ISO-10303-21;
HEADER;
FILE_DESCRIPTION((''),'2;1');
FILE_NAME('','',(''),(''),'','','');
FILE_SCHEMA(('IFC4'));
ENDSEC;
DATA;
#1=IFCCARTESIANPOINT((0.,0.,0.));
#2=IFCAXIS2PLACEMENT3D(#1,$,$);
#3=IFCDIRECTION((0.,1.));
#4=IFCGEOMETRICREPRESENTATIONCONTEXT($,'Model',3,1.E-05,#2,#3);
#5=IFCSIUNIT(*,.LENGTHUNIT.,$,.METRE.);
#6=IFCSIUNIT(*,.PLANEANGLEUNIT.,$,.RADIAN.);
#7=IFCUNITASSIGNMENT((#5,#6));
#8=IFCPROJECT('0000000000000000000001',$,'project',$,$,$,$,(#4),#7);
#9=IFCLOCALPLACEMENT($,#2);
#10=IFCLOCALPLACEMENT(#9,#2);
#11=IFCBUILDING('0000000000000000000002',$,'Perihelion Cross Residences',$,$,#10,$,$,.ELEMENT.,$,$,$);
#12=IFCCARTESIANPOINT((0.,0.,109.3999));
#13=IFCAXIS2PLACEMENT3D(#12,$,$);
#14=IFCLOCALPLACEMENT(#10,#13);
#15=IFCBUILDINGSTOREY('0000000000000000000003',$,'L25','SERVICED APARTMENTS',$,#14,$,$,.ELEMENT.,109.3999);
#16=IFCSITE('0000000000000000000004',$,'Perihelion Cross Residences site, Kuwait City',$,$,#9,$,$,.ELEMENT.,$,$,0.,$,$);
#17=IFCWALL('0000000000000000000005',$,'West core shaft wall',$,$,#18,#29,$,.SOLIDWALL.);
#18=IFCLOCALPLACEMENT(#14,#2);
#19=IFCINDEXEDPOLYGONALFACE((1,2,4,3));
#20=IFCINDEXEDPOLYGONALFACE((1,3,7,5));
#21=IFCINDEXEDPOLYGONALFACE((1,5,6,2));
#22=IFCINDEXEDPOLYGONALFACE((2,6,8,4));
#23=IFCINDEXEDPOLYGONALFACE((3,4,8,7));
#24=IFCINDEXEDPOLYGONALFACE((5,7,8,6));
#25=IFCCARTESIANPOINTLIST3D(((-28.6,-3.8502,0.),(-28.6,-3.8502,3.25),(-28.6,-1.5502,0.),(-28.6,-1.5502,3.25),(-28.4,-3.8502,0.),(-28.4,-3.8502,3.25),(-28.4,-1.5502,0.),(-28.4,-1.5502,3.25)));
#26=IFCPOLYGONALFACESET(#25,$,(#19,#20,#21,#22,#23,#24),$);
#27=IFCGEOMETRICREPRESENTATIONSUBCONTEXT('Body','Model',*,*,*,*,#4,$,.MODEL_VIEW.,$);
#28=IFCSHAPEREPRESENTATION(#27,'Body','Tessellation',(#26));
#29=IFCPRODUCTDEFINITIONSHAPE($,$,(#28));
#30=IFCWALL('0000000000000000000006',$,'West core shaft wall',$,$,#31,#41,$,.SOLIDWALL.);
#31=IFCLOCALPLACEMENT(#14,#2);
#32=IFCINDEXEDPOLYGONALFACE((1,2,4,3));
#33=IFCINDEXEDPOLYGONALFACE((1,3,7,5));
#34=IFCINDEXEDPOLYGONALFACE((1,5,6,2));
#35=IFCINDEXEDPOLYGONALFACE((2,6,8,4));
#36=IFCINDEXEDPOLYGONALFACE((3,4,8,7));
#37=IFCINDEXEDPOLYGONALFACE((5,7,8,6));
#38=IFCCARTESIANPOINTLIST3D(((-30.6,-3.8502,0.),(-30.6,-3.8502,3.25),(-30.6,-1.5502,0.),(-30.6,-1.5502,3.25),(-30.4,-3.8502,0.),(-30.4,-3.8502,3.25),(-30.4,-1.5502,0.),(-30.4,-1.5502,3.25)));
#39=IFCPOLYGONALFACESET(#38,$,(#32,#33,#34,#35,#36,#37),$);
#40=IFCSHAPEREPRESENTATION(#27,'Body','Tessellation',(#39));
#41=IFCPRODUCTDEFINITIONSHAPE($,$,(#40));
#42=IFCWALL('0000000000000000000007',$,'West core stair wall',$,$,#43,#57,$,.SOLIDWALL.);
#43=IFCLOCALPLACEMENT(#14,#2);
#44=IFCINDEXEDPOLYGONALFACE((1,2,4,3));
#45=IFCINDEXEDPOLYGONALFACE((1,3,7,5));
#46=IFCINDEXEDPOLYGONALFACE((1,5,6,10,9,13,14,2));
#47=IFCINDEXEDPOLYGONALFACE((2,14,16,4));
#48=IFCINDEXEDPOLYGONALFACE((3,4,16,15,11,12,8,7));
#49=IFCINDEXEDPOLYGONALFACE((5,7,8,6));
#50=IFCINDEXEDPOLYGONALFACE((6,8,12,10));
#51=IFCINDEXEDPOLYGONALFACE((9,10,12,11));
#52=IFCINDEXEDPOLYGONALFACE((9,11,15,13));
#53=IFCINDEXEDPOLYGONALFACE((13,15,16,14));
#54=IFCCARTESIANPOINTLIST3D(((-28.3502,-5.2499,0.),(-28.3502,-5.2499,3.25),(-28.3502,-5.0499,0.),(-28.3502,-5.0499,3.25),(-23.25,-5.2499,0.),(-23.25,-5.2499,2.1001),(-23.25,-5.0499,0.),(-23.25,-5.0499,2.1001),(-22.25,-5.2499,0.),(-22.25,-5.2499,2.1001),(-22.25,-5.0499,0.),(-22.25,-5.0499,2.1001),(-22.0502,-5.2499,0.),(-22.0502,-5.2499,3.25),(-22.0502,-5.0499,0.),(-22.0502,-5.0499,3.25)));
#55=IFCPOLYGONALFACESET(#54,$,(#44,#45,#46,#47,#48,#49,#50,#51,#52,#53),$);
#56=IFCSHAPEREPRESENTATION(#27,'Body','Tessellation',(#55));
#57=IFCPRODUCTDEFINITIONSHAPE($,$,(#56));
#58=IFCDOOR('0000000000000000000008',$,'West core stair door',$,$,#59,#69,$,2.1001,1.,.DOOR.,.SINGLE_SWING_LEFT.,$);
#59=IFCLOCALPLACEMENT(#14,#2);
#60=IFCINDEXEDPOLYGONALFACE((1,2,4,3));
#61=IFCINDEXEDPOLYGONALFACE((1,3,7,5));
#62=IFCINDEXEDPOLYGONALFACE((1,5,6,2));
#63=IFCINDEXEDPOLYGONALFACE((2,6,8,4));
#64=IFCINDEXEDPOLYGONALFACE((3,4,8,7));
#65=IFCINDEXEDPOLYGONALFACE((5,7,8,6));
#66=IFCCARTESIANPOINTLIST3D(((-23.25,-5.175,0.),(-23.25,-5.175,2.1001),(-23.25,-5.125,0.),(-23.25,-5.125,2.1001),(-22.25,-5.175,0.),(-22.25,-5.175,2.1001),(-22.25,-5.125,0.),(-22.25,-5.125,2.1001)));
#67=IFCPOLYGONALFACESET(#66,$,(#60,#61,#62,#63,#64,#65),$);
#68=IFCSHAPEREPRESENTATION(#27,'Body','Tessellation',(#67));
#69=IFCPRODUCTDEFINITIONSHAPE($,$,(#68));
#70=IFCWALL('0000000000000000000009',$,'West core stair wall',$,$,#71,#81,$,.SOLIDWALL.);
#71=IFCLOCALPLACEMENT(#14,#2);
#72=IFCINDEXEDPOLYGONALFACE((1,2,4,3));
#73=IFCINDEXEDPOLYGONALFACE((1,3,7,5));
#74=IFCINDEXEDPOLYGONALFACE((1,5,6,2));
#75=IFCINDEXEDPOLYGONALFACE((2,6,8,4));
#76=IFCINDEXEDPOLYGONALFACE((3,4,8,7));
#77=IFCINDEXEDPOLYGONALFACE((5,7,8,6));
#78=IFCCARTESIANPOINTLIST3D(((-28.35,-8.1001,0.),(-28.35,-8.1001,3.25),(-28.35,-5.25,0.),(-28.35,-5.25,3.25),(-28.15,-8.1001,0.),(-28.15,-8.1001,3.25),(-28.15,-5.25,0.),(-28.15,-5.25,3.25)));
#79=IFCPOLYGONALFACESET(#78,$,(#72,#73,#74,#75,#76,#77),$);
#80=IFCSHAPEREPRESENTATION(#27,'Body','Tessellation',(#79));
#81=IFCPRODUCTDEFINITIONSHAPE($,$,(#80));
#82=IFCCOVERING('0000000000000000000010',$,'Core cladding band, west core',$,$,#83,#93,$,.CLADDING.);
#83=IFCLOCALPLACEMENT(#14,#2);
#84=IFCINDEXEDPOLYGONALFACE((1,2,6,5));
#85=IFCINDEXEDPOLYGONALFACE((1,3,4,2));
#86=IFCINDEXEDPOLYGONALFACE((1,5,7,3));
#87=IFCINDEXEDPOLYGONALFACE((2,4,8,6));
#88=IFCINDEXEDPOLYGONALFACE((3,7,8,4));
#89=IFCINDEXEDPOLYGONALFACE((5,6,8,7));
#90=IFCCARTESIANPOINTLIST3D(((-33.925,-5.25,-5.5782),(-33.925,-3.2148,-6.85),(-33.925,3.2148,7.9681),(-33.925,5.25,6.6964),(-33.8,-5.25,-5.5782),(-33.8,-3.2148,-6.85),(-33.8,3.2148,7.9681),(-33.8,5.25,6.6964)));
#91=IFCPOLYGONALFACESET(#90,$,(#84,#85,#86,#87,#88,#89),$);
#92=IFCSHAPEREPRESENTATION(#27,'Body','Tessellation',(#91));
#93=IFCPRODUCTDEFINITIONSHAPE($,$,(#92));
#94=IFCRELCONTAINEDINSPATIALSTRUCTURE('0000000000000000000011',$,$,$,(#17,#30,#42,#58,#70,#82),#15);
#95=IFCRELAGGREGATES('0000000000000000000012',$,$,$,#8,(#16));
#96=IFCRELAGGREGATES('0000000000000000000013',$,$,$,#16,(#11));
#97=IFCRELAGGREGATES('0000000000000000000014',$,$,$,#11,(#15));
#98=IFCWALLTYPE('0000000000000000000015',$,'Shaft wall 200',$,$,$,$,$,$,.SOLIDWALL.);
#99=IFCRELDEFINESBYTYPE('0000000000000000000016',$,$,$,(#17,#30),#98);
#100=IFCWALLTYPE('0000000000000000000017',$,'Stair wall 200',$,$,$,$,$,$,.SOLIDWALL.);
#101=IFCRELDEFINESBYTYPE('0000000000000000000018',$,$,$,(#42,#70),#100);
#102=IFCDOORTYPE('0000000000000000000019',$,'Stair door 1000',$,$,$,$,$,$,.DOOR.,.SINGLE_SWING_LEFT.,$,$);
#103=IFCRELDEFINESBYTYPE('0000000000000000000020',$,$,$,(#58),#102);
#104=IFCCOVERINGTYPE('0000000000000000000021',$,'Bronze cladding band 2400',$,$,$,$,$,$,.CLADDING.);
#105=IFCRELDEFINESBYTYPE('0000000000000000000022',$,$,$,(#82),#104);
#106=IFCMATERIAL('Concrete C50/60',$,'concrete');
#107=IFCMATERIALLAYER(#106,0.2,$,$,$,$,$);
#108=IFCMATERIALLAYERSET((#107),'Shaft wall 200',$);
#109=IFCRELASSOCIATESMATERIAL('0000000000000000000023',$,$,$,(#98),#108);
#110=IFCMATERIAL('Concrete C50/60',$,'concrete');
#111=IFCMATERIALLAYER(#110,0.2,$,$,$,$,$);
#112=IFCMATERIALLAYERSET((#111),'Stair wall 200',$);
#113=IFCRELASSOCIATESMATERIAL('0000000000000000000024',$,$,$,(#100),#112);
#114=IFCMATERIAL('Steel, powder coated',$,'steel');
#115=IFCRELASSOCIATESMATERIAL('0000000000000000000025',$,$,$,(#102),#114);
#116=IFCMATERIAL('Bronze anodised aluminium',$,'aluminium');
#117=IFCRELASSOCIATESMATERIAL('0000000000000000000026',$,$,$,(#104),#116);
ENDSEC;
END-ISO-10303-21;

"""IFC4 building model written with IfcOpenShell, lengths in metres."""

from ifc_helpers import new_model, si_unit, direction, frame, frame_2d, origin, origin_2d, place, context, subcontext, project, spatial, rectangle, extrude, material, layer, layer_set, material_profile, profile_set, type_object, element, fill, save


model = new_model("IFC4")

# Units and contexts
model_context = context("Model", 3, precision=1e-05, world=origin(), true_north=direction((0.0, 1.0)))
body_context = subcontext(model_context, "Body", "Model", "MODEL_VIEW")
ifc_project = project(units=[si_unit("LENGTHUNIT", "METRE"), si_unit("PLANEANGLEUNIT", "RADIAN")], contexts=[model_context])

# Site, building, storey
site_placement = place(None, origin())
site = spatial("IfcSite", under=ifc_project, at=site_placement, Name="Perihelion Cross Residences site, Kuwait City", CompositionType="ELEMENT", RefElevation=0.0)
building_placement = place(site_placement, origin())
building = spatial("IfcBuilding", under=site, at=building_placement, Name="Perihelion Cross Residences", CompositionType="ELEMENT")
storey_placement = place(building_placement, frame((0.0, 0.0, 109.3999)))
storey = spatial("IfcBuildingStorey", under=building, at=storey_placement, Name="L25", Description="SERVICED APARTMENTS", CompositionType="ELEMENT", Elevation=109.3999)

# Shared definitions
ifc_material_1 = material(Name="Concrete C50/60", Category="concrete")
ifc_layer_1 = layer(ifc_material_1, 0.2)
ifc_layer_set_1 = layer_set([ifc_layer_1], Name="Shaft wall 200")
wall_type_1 = type_object("IfcWallType", Name="Shaft wall 200", PredefinedType="SOLIDWALL", material=ifc_layer_set_1)

# Walls
for number, where, z_axis, x_axis, name in (
    (1, (-28.5, -3.8501, 0.0), (0.0, 0.0, 1.0), (0.0, 1.0, 0.0), "West core shaft wall"),
    (2, (-30.5, -3.8501, 0.0), (0.0, 0.0, 1.0), (0.0, 1.0, 0.0), "West core shaft wall"),
):
    element("IfcWall", number, at=place(storey_placement, frame(where, z_axis=z_axis, x_axis=x_axis)), inside=storey, type_object=wall_type_1, Name=name, PredefinedType="SOLIDWALL", context=body_context, shape_type="SweptSolid", body=[
        extrude(rectangle(XDim=2.3, YDim=0.2, at=frame_2d((1.1499, 0.0))), origin(), (0.0, 0.0, 1.0), 3.25),
    ])

# Wall, opening, door
ifc_material_2 = material(Name="Concrete C50/60", Category="concrete")
ifc_layer_2 = layer(ifc_material_2, 0.2)
ifc_layer_set_2 = layer_set([ifc_layer_2], Name="Stair wall 200")
wall_type_2 = type_object("IfcWallType", Name="Stair wall 200", PredefinedType="SOLIDWALL", material=ifc_layer_set_2)
wall_1_placement = place(storey_placement, frame((-28.3501, -5.1499, 0.0), z_axis=(0.0, 0.0, 1.0), x_axis=(1.0, 0.0, 0.0)))
wall_1 = element("IfcWall", 3, at=wall_1_placement, inside=storey, type_object=wall_type_2, Name="West core stair wall", PredefinedType="SOLIDWALL", context=body_context, shape_type="SweptSolid", body=[
    extrude(rectangle(XDim=6.3, YDim=0.2, at=frame_2d((3.1499, 0.0))), origin(), (0.0, 0.0, 1.0), 3.25),
])
opening_1_placement = place(wall_1_placement, frame((5.1001, 0.0, 0.0)))
opening_1 = element("IfcOpeningElement", 4, at=opening_1_placement, cuts=wall_1, PredefinedType="OPENING", context=body_context, shape_type="SweptSolid", body=[
    extrude(rectangle(XDim=1.0, YDim=2.1001, at=frame_2d((0.5, 1.05))), frame((0.0, 0.1099, 0.0), z_axis=(0.0, -1.0, 0.0), x_axis=(1.0, 0.0, 0.0)), (0.0, 0.0, 1.0), 0.22),
])
ifc_material_3 = material(Name="Steel, powder coated", Category="steel")
door_type_1 = type_object("IfcDoorType", Name="Stair door 1000", OperationType="SINGLE_SWING_LEFT", PredefinedType="DOOR", material=ifc_material_3)
door_1_placement = place(opening_1_placement, origin())
door_1 = element("IfcDoor", 5, at=door_1_placement, inside=storey, type_object=door_type_1, Name="West core stair door", OperationType="SINGLE_SWING_LEFT", OverallHeight=2.1001, OverallWidth=1.0, PredefinedType="DOOR", context=body_context, shape_type="SweptSolid", body=[
    extrude(rectangle(XDim=1.0, YDim=2.1001, at=frame_2d((0.5, 1.05))), frame((0.0, 0.0249, 0.0), z_axis=(0.0, -1.0, 0.0), x_axis=(1.0, 0.0, 0.0)), (0.0, 0.0, 1.0), 0.05),
])
fill(opening_1, door_1)

# Wall
wall_2_placement = place(storey_placement, frame((-28.25, -8.1001, 0.0), z_axis=(0.0, 0.0, 1.0), x_axis=(0.0, 1.0, 0.0)))
element("IfcWall", 6, at=wall_2_placement, inside=storey, type_object=wall_type_2, Name="West core stair wall", PredefinedType="SOLIDWALL", context=body_context, shape_type="SweptSolid", body=[
    extrude(rectangle(XDim=2.8501, YDim=0.2, at=frame_2d((1.425, 0.0))), origin(), (0.0, 0.0, 1.0), 3.25),
])

# Covering
ifc_material_4 = material(Name="Bronze anodised aluminium", Category="aluminium")
ifc_material_profile = material_profile(ifc_material_4, rectangle(XDim=0.125, YDim=2.3999, at=origin_2d()), Name="Bronze cladding band 2400")
ifc_profile_set = profile_set([ifc_material_profile], Name="Bronze anodised aluminium")
covering_type = type_object("IfcCoveringType", Name="Bronze cladding band 2400", PredefinedType="CLADDING", material=ifc_profile_set)
covering_placement = place(storey_placement, frame((-33.8625, -4.2324, -6.2141), z_axis=(0.0, 0.529925, 0.848045), x_axis=(-1.0, 0.0, 0.0)))
element("IfcCovering", 7, at=covering_placement, inside=storey, type_object=covering_type, Name="Core cladding band, west core", PredefinedType="CLADDING", context=body_context, shape_type="SweptSolid", body=[
    extrude(rectangle(XDim=0.125, YDim=2.3999, at=origin_2d()), origin(), (0.0, 0.0, 1.0), 15.9736),
])

save(model, "model.ifc")
